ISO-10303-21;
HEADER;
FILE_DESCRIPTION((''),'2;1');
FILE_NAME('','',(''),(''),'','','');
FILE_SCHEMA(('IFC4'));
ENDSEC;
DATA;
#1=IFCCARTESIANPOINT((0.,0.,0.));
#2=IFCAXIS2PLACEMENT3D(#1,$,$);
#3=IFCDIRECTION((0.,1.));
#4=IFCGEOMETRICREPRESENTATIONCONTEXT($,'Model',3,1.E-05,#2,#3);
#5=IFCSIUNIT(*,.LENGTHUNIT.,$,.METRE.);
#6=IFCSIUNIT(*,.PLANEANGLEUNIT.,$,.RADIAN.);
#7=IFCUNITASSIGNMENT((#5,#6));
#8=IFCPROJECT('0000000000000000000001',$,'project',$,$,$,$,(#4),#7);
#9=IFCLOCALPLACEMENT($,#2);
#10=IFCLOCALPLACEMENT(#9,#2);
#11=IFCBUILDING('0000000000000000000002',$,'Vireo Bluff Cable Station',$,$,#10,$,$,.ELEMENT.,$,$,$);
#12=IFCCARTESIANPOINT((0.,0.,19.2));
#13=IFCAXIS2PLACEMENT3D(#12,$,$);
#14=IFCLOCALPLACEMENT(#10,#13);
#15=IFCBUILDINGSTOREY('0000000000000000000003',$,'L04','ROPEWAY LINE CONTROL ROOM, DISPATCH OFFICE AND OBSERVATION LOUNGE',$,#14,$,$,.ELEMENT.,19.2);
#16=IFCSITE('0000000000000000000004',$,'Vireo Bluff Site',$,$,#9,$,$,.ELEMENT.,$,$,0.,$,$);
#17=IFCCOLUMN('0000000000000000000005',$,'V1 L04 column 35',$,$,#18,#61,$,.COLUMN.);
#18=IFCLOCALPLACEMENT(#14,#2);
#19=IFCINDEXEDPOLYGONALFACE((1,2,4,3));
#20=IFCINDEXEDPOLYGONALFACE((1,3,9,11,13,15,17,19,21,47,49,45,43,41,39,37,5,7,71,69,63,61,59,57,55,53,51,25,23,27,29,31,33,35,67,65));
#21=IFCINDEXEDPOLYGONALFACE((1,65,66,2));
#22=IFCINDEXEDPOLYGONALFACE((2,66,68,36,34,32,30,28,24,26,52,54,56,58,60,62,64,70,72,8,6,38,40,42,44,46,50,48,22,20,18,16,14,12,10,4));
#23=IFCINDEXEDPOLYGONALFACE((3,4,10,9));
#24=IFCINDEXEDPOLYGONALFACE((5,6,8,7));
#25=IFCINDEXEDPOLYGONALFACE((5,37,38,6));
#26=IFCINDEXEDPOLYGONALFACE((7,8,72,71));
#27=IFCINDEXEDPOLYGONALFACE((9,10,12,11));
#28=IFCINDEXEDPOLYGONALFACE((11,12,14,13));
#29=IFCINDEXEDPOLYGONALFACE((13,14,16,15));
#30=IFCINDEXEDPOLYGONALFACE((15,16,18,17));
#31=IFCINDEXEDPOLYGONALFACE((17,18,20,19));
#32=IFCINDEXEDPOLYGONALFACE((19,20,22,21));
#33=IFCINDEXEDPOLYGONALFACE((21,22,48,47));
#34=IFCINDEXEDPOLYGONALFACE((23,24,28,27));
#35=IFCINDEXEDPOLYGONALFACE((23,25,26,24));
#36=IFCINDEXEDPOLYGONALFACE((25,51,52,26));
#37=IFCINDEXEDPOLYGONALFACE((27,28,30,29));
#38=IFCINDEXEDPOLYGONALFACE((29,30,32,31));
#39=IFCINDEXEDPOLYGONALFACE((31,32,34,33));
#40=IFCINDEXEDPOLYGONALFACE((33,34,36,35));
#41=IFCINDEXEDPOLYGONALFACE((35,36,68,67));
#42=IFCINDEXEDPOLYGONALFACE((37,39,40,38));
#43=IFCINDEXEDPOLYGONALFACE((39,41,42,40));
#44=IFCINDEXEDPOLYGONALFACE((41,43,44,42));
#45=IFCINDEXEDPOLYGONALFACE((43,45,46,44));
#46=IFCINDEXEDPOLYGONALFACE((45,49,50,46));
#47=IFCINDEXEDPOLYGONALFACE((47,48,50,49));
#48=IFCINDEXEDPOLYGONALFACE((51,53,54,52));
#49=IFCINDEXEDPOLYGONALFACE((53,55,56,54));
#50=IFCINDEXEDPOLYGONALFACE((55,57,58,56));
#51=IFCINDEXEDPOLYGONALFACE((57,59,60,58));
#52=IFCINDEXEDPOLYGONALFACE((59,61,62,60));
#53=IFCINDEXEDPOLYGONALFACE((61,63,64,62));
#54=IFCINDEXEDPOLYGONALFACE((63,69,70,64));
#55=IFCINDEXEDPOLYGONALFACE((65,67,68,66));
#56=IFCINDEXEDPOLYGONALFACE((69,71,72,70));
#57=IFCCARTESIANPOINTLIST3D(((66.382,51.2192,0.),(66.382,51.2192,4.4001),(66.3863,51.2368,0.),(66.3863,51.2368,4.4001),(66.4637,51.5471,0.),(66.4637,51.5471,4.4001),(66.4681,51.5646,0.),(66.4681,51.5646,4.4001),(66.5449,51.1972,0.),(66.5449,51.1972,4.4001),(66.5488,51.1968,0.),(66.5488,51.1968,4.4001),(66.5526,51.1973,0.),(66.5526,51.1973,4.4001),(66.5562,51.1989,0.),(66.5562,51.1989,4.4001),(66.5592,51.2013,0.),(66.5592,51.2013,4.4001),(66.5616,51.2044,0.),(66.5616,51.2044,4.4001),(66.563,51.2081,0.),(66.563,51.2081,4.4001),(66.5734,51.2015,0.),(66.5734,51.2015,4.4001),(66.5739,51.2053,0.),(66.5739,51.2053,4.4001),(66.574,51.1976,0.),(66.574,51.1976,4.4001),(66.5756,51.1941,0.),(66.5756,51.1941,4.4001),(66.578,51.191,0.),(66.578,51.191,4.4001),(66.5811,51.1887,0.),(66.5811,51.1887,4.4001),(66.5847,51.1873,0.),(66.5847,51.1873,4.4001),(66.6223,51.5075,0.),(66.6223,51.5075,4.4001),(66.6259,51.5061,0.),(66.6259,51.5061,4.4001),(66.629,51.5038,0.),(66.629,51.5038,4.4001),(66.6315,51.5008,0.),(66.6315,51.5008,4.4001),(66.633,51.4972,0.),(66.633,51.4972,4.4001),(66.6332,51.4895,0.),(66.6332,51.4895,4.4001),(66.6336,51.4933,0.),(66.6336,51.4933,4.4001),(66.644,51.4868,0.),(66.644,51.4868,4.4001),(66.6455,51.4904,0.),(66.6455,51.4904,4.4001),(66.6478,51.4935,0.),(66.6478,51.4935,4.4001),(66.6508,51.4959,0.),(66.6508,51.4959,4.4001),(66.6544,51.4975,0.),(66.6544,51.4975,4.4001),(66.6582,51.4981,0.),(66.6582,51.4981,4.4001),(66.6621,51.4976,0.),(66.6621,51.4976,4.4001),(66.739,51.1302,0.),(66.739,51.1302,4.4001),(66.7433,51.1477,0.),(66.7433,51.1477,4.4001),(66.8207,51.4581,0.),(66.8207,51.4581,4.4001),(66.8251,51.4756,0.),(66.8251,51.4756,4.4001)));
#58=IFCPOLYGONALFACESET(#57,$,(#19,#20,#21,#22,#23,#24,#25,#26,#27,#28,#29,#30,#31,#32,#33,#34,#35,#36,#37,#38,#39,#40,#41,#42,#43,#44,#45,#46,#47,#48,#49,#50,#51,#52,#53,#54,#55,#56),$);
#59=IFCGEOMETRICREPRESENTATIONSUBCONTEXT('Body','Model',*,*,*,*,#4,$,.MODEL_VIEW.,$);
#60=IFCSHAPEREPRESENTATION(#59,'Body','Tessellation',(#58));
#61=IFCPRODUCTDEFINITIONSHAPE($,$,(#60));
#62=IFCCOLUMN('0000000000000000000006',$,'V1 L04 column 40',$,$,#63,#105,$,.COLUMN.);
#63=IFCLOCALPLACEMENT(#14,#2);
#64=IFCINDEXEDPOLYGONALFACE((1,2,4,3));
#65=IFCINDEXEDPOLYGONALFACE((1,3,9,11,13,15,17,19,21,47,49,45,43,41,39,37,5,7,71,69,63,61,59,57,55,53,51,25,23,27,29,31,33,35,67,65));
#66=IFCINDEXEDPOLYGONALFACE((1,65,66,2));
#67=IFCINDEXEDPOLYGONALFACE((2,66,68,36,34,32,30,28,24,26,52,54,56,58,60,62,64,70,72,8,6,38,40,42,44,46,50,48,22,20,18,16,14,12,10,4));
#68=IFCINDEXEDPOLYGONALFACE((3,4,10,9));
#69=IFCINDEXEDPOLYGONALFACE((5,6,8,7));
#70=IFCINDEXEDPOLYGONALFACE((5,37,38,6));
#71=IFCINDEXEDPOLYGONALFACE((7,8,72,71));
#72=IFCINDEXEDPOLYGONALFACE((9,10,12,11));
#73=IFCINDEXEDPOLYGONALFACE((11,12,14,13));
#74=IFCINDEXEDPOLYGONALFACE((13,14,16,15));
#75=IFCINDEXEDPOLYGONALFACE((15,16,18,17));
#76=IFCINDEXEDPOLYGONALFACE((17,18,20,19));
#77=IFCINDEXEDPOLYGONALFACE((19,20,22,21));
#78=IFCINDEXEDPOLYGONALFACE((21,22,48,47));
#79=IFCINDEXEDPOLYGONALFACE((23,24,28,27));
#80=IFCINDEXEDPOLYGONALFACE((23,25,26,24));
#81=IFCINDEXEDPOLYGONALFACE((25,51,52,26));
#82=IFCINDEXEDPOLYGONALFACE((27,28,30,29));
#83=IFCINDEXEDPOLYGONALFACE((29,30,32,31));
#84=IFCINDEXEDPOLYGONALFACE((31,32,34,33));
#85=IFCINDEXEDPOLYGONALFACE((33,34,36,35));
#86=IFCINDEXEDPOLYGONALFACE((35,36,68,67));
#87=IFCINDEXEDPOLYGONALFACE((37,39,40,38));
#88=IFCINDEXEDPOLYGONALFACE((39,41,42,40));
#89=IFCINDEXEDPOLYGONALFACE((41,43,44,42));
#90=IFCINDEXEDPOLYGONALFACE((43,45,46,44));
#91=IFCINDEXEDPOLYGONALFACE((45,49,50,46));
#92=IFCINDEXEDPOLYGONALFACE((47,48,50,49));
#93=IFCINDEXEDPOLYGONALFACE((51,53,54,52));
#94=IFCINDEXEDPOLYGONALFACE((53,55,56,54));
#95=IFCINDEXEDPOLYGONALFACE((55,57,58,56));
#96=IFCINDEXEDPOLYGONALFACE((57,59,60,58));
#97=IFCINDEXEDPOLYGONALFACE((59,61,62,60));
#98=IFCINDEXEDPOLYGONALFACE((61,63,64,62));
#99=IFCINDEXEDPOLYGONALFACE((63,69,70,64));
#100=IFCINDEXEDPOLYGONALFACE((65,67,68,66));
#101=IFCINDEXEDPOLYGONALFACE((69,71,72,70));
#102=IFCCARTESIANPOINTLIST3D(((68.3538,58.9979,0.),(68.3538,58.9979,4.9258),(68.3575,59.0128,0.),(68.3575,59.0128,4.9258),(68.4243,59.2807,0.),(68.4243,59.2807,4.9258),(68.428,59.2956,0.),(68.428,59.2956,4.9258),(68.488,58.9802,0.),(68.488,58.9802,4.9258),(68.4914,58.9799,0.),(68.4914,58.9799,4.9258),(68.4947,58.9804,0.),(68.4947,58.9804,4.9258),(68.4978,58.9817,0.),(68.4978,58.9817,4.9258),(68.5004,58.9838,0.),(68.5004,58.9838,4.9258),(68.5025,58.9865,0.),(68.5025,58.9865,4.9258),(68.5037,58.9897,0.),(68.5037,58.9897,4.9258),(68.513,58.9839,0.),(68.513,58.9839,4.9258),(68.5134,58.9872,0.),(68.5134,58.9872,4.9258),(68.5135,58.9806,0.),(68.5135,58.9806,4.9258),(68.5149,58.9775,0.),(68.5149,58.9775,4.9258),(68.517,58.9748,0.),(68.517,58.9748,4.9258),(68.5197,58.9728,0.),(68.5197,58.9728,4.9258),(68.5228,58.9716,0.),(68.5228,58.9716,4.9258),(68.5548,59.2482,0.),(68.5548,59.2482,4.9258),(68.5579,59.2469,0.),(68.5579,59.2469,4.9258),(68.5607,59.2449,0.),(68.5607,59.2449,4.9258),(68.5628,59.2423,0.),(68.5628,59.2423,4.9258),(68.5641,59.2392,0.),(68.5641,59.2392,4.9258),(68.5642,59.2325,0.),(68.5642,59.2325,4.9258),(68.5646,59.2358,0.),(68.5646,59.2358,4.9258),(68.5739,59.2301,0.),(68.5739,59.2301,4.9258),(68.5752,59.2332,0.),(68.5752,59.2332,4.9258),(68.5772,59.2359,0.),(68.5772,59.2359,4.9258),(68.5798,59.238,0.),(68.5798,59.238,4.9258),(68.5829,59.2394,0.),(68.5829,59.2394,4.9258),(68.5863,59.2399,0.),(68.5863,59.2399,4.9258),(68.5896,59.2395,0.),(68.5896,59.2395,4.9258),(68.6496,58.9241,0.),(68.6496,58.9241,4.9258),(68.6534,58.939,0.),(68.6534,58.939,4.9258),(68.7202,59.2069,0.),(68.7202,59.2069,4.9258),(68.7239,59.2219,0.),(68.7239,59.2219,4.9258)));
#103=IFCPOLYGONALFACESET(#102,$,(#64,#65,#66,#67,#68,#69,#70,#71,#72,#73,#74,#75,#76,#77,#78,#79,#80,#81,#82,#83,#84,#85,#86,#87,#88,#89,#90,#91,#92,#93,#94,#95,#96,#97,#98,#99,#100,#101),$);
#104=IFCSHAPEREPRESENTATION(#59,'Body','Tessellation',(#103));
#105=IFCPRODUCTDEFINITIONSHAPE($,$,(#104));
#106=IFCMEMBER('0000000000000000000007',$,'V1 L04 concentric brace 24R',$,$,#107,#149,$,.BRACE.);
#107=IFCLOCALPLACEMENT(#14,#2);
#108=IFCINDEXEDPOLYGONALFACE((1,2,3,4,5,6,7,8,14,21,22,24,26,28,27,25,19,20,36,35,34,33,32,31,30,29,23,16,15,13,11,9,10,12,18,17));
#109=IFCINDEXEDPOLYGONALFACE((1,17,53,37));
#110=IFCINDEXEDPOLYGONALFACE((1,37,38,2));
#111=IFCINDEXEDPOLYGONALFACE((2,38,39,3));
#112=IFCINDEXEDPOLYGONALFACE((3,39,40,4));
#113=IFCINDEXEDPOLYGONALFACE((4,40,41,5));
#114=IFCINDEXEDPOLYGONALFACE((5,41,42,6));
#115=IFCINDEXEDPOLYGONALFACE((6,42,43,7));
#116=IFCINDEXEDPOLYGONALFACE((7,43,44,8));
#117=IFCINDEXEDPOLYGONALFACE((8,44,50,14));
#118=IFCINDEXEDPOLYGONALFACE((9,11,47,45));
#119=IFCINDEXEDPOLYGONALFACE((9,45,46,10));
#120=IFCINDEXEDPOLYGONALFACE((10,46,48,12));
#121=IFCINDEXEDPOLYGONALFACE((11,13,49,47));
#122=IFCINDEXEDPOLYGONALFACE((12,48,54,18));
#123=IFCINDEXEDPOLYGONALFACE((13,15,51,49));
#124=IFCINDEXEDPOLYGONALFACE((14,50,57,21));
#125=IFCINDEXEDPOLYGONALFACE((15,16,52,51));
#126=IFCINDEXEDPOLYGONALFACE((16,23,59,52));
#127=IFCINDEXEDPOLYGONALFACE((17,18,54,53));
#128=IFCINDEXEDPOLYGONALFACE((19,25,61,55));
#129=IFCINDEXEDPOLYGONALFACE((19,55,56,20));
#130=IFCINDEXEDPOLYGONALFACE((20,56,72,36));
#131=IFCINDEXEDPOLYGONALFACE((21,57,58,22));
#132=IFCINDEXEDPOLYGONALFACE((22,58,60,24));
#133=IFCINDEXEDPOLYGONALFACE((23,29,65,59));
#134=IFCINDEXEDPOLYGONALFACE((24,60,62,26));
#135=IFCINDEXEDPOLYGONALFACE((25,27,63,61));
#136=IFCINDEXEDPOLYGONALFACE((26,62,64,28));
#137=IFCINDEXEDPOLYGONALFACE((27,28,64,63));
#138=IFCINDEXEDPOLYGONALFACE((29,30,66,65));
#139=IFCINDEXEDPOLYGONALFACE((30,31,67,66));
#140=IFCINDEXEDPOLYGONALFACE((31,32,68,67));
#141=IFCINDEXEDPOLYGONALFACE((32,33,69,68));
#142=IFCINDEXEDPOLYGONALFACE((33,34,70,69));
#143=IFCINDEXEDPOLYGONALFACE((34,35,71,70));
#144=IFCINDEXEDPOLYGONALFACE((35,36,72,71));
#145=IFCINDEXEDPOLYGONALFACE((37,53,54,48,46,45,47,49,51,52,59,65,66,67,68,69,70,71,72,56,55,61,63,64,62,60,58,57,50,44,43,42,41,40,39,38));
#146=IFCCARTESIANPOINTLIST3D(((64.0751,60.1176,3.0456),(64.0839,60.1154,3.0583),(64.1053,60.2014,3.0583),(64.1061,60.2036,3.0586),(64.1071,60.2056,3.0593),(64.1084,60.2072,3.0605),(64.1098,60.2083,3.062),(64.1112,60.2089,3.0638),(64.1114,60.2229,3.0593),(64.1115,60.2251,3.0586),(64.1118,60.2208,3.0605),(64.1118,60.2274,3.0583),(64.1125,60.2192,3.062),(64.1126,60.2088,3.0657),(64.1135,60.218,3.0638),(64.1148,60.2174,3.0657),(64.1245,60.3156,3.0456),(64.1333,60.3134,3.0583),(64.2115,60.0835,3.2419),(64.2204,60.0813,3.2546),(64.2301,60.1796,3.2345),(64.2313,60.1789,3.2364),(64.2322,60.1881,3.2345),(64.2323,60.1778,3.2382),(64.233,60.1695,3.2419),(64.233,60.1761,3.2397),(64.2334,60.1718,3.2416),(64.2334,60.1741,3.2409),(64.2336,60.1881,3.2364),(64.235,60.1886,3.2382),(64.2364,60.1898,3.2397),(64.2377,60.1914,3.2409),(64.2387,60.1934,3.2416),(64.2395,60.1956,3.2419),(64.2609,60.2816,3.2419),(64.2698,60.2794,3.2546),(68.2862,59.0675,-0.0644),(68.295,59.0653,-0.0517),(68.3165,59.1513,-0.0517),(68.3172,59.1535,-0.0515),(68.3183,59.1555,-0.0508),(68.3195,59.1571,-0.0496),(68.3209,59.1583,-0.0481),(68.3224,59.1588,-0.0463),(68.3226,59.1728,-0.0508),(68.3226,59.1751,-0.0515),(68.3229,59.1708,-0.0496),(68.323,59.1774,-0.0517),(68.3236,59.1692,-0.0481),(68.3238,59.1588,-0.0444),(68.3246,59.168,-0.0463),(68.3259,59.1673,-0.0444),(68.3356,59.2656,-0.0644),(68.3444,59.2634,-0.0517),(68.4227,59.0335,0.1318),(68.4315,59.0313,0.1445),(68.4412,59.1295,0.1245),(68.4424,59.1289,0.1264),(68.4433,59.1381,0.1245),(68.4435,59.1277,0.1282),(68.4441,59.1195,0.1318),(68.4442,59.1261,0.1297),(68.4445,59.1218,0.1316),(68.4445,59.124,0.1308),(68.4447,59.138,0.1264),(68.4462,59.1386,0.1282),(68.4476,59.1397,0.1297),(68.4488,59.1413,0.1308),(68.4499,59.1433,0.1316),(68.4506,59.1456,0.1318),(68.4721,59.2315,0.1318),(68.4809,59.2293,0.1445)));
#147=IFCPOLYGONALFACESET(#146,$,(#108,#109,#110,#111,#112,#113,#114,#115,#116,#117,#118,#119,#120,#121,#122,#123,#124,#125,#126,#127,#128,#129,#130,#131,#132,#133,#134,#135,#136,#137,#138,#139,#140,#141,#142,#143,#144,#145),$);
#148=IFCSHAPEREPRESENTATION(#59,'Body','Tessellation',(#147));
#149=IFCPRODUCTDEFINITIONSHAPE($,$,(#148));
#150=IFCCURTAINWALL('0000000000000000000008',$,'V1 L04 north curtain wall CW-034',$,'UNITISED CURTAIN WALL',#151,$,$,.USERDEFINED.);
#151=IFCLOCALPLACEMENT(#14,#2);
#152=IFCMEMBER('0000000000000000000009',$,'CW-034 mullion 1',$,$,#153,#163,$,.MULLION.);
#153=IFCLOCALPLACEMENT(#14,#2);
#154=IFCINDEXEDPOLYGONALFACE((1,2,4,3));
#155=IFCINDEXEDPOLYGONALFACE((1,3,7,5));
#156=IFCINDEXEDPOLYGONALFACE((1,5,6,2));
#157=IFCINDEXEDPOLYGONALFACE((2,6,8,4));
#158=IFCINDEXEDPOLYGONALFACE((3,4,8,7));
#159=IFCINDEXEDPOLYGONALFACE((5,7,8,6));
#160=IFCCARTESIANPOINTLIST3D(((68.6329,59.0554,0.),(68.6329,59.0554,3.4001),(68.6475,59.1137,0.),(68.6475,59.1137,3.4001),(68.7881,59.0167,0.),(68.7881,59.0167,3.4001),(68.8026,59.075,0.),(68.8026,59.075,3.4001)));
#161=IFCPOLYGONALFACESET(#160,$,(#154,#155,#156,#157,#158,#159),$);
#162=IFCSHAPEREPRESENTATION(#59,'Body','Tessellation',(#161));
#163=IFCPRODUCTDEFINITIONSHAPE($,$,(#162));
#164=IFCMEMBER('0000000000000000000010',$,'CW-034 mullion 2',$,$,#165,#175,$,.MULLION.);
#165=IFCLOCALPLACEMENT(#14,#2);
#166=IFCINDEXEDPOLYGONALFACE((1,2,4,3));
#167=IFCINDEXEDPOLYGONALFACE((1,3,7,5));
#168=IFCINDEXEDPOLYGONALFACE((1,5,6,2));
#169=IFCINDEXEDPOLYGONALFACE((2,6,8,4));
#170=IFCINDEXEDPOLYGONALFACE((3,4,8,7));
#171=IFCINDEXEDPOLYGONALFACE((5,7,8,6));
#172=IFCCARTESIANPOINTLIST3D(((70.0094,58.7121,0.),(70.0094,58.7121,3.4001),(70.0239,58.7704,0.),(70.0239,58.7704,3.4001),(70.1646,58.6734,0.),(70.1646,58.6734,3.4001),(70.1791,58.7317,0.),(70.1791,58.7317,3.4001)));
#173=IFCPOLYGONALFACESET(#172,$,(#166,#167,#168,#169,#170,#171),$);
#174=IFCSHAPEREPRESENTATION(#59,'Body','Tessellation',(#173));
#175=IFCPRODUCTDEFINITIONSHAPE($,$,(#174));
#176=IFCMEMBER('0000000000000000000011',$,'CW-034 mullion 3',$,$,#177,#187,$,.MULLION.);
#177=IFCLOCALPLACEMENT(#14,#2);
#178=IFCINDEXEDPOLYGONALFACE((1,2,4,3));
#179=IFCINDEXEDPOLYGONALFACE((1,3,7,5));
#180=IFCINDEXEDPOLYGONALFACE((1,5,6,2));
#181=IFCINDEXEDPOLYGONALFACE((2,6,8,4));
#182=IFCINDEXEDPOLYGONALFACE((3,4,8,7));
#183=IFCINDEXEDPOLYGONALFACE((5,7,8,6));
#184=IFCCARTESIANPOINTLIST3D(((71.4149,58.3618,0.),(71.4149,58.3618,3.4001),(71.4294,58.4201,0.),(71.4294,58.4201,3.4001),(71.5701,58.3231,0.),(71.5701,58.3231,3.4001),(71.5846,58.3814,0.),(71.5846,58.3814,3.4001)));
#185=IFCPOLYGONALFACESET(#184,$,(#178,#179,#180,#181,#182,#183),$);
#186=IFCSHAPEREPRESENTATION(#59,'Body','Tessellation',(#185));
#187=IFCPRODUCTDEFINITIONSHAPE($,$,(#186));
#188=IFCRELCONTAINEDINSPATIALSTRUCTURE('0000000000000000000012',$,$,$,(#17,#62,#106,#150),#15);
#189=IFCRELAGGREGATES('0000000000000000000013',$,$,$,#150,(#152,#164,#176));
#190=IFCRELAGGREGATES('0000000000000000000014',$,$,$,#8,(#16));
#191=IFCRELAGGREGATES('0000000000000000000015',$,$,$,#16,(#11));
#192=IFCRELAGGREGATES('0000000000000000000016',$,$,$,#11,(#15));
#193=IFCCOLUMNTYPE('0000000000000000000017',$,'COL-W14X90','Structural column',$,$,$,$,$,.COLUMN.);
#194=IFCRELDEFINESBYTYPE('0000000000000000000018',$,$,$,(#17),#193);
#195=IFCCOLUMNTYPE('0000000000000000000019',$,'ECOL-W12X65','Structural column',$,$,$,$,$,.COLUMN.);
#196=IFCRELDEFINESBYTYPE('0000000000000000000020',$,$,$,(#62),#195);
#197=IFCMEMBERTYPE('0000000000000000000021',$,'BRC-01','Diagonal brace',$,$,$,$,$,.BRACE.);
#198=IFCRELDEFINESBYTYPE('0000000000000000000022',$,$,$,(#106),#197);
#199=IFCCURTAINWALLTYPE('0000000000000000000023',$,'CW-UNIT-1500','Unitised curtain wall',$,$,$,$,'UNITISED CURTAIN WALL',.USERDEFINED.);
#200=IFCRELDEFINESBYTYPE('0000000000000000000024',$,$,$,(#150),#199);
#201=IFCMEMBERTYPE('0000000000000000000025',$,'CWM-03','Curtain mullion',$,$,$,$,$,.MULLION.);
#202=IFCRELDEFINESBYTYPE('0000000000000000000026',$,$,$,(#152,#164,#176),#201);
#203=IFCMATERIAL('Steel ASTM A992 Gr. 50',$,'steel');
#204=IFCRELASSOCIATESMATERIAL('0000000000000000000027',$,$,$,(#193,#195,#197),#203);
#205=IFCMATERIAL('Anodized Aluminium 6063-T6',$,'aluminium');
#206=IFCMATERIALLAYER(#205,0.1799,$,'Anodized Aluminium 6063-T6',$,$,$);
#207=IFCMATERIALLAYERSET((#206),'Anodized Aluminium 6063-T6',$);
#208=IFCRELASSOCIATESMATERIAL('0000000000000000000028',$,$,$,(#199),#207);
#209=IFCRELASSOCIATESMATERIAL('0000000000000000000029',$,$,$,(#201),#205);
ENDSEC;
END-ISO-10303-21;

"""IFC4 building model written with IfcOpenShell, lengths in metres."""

from ifc_helpers import new_model, si_unit, direction, frame, origin, origin_2d, place, context, subcontext, project, spatial, rectangle, i_section, extrude, material, layer, layer_set, material_profile, profile_set, type_object, element, aggregate, save


model = new_model("IFC4")

# Units and contexts
model_context = context("Model", 3, precision=1e-05, world=origin(), true_north=direction((0.0, 1.0)))
body_context = subcontext(model_context, "Body", "Model", "MODEL_VIEW")
ifc_project = project(units=[si_unit("LENGTHUNIT", "METRE"), si_unit("PLANEANGLEUNIT", "RADIAN")], contexts=[model_context])

# Site, building, storey
site_placement = place(None, origin())
site = spatial("IfcSite", under=ifc_project, at=site_placement, Name="Vireo Bluff Site", CompositionType="ELEMENT", RefElevation=0.0)
building_placement = place(site_placement, origin())
building = spatial("IfcBuilding", under=site, at=building_placement, Name="Vireo Bluff Cable Station", CompositionType="ELEMENT")
storey_placement = place(building_placement, frame((0.0, 0.0, 19.2)))
storey = spatial("IfcBuildingStorey", under=building, at=storey_placement, Name="L04", Description="ROPEWAY LINE CONTROL ROOM, DISPATCH OFFICE AND OBSERVATION LOUNGE", CompositionType="ELEMENT", Elevation=19.2)

# Columns
ifc_material_1 = material(Name="Steel ASTM A992 Gr. 50", Category="steel")
ifc_material_profile_1 = material_profile(ifc_material_1, i_section(OverallWidth=0.3679, OverallDepth=0.356, WebThickness=0.0112, FlangeThickness=0.0181, FilletRadius=0.0149, at=origin_2d()), Name="W14X90")
ifc_profile_set_1 = profile_set([ifc_material_profile_1], Name="Steel ASTM A992 Gr. 50")
column_type_1 = type_object("IfcColumnType", Name="COL-W14X90", Description="Structural column", PredefinedType="COLUMN", material=ifc_profile_set_1)
column_1_placement = place(storey_placement, frame((66.6035, 51.3474, 0.0), z_axis=(0.0, 0.0, 1.0), x_axis=(0.970296, -0.241922, 0.0)))
element("IfcColumn", 1, at=column_1_placement, inside=storey, type_object=column_type_1, Name="V1 L04 column 35", PredefinedType="COLUMN", context=body_context, shape_type="SweptSolid", body=[
    extrude(i_section(OverallWidth=0.3679, OverallDepth=0.356, WebThickness=0.0112, FlangeThickness=0.0181, FilletRadius=0.0149, at=origin_2d()), origin(), (0.0, 0.0, 1.0), 4.4001),
])
ifc_material_profile_2 = material_profile(ifc_material_1, i_section(OverallWidth=0.3049, OverallDepth=0.3069, WebThickness=0.01, FlangeThickness=0.0154, FilletRadius=0.0129, at=origin_2d()), Name="W12X65")
ifc_profile_set_2 = profile_set([ifc_material_profile_2], Name="Steel ASTM A992 Gr. 50")
column_type_2 = type_object("IfcColumnType", Name="ECOL-W12X65", Description="Structural column", PredefinedType="COLUMN", material=ifc_profile_set_2)
column_2_placement = place(storey_placement, frame((68.5388, 59.1099, 0.0), z_axis=(0.0, 0.0, 1.0), x_axis=(0.970296, -0.241922, 0.0)))
element("IfcColumn", 2, at=column_2_placement, inside=storey, type_object=column_type_2, Name="V1 L04 column 40", PredefinedType="COLUMN", context=body_context, shape_type="SweptSolid", body=[
    extrude(i_section(OverallWidth=0.3049, OverallDepth=0.3069, WebThickness=0.01, FlangeThickness=0.0154, FilletRadius=0.0129, at=origin_2d()), origin(), (0.0, 0.0, 1.0), 4.9258),
])

# Member
ifc_material_profile_3 = material_profile(ifc_material_1, i_section(OverallWidth=0.2041, OverallDepth=0.2571, WebThickness=0.0088, FlangeThickness=0.0156, FilletRadius=0.009, at=origin_2d()), Name="W10X45")
ifc_profile_set_3 = profile_set([ifc_material_profile_3], Name="Steel ASTM A992 Gr. 50")
member_type_1 = type_object("IfcMemberType", Name="BRC-01", Description="Diagonal brace", PredefinedType="BRACE", material=ifc_profile_set_3)
member_1_placement = place(storey_placement, frame((68.3835, 59.1484, 0.04), z_axis=(-0.788696, 0.19666, 0.58248), x_axis=(-0.24194, -0.970291, 0.0)))
element("IfcMember", 3, at=member_1_placement, inside=storey, type_object=member_type_1, Name="V1 L04 concentric brace 24R", PredefinedType="BRACE", context=body_context, shape_type="SweptSolid", body=[
    extrude(i_section(OverallWidth=0.2041, OverallDepth=0.2571, WebThickness=0.0088, FlangeThickness=0.0156, FilletRadius=0.009, at=origin_2d()), origin(), (0.0, 0.0, 1.0), 5.3394),
])

# Curtain wall, members
ifc_material_2 = material(Name="Anodized Aluminium 6063-T6", Category="aluminium")
ifc_layer_1 = layer(ifc_material_2, 0.1799, Name="Anodized Aluminium 6063-T6")
ifc_layer_set_1 = layer_set([ifc_layer_1], Name="Anodized Aluminium 6063-T6")
curtain_wall_type = type_object("IfcCurtainWallType", Name="CW-UNIT-1500", Description="Unitised curtain wall", ElementType="UNITISED CURTAIN WALL", PredefinedType="USERDEFINED", material=ifc_layer_set_1)
curtain_wall_placement = place(storey_placement, origin())
curtain_wall = element("IfcCurtainWall", 4, at=curtain_wall_placement, inside=storey, type_object=curtain_wall_type, Name="V1 L04 north curtain wall CW-034", ObjectType="UNITISED CURTAIN WALL", PredefinedType="USERDEFINED")
ifc_material_profile_4 = material_profile(ifc_material_2, rectangle(XDim=0.0601, YDim=0.1599, at=origin_2d()), Name="ALU-M-60X160")
ifc_profile_set_4 = profile_set([ifc_material_profile_4], Name="Anodized Aluminium 6063-T6")
member_type_2 = type_object("IfcMemberType", Name="CWM-03", Description="Curtain mullion", PredefinedType="MULLION", material=ifc_profile_set_4)
member_2_placement = place(storey_placement, frame((68.7178, 59.0652, 0.0), z_axis=(0.0, 0.0, 1.0), x_axis=(0.241922, 0.970296, 0.0)))
member_2 = element("IfcMember", 5, at=member_2_placement, type_object=member_type_2, Name="CW-034 mullion 1", PredefinedType="MULLION", context=body_context, shape_type="SweptSolid", body=[
    extrude(rectangle(XDim=0.0601, YDim=0.1599, at=origin_2d()), origin(), (0.0, 0.0, 1.0), 3.4001),
])
member_3_placement = place(storey_placement, frame((70.0942, 58.7219, 0.0), z_axis=(0.0, 0.0, 1.0), x_axis=(0.241922, 0.970296, 0.0)))
member_3 = element("IfcMember", 6, at=member_3_placement, type_object=member_type_2, Name="CW-034 mullion 2", PredefinedType="MULLION", context=body_context, shape_type="SweptSolid", body=[
    extrude(rectangle(XDim=0.0601, YDim=0.1599, at=origin_2d()), origin(), (0.0, 0.0, 1.0), 3.4001),
])
member_4_placement = place(storey_placement, frame((71.4998, 58.3716, 0.0), z_axis=(0.0, 0.0, 1.0), x_axis=(0.241922, 0.970296, 0.0)))
member_4 = element("IfcMember", 7, at=member_4_placement, type_object=member_type_2, Name="CW-034 mullion 3", PredefinedType="MULLION", context=body_context, shape_type="SweptSolid", body=[
    extrude(rectangle(XDim=0.0601, YDim=0.1599, at=origin_2d()), origin(), (0.0, 0.0, 1.0), 3.4001),
])

aggregate(curtain_wall, [member_2, member_3, member_4])

save(model, "model.ifc")
